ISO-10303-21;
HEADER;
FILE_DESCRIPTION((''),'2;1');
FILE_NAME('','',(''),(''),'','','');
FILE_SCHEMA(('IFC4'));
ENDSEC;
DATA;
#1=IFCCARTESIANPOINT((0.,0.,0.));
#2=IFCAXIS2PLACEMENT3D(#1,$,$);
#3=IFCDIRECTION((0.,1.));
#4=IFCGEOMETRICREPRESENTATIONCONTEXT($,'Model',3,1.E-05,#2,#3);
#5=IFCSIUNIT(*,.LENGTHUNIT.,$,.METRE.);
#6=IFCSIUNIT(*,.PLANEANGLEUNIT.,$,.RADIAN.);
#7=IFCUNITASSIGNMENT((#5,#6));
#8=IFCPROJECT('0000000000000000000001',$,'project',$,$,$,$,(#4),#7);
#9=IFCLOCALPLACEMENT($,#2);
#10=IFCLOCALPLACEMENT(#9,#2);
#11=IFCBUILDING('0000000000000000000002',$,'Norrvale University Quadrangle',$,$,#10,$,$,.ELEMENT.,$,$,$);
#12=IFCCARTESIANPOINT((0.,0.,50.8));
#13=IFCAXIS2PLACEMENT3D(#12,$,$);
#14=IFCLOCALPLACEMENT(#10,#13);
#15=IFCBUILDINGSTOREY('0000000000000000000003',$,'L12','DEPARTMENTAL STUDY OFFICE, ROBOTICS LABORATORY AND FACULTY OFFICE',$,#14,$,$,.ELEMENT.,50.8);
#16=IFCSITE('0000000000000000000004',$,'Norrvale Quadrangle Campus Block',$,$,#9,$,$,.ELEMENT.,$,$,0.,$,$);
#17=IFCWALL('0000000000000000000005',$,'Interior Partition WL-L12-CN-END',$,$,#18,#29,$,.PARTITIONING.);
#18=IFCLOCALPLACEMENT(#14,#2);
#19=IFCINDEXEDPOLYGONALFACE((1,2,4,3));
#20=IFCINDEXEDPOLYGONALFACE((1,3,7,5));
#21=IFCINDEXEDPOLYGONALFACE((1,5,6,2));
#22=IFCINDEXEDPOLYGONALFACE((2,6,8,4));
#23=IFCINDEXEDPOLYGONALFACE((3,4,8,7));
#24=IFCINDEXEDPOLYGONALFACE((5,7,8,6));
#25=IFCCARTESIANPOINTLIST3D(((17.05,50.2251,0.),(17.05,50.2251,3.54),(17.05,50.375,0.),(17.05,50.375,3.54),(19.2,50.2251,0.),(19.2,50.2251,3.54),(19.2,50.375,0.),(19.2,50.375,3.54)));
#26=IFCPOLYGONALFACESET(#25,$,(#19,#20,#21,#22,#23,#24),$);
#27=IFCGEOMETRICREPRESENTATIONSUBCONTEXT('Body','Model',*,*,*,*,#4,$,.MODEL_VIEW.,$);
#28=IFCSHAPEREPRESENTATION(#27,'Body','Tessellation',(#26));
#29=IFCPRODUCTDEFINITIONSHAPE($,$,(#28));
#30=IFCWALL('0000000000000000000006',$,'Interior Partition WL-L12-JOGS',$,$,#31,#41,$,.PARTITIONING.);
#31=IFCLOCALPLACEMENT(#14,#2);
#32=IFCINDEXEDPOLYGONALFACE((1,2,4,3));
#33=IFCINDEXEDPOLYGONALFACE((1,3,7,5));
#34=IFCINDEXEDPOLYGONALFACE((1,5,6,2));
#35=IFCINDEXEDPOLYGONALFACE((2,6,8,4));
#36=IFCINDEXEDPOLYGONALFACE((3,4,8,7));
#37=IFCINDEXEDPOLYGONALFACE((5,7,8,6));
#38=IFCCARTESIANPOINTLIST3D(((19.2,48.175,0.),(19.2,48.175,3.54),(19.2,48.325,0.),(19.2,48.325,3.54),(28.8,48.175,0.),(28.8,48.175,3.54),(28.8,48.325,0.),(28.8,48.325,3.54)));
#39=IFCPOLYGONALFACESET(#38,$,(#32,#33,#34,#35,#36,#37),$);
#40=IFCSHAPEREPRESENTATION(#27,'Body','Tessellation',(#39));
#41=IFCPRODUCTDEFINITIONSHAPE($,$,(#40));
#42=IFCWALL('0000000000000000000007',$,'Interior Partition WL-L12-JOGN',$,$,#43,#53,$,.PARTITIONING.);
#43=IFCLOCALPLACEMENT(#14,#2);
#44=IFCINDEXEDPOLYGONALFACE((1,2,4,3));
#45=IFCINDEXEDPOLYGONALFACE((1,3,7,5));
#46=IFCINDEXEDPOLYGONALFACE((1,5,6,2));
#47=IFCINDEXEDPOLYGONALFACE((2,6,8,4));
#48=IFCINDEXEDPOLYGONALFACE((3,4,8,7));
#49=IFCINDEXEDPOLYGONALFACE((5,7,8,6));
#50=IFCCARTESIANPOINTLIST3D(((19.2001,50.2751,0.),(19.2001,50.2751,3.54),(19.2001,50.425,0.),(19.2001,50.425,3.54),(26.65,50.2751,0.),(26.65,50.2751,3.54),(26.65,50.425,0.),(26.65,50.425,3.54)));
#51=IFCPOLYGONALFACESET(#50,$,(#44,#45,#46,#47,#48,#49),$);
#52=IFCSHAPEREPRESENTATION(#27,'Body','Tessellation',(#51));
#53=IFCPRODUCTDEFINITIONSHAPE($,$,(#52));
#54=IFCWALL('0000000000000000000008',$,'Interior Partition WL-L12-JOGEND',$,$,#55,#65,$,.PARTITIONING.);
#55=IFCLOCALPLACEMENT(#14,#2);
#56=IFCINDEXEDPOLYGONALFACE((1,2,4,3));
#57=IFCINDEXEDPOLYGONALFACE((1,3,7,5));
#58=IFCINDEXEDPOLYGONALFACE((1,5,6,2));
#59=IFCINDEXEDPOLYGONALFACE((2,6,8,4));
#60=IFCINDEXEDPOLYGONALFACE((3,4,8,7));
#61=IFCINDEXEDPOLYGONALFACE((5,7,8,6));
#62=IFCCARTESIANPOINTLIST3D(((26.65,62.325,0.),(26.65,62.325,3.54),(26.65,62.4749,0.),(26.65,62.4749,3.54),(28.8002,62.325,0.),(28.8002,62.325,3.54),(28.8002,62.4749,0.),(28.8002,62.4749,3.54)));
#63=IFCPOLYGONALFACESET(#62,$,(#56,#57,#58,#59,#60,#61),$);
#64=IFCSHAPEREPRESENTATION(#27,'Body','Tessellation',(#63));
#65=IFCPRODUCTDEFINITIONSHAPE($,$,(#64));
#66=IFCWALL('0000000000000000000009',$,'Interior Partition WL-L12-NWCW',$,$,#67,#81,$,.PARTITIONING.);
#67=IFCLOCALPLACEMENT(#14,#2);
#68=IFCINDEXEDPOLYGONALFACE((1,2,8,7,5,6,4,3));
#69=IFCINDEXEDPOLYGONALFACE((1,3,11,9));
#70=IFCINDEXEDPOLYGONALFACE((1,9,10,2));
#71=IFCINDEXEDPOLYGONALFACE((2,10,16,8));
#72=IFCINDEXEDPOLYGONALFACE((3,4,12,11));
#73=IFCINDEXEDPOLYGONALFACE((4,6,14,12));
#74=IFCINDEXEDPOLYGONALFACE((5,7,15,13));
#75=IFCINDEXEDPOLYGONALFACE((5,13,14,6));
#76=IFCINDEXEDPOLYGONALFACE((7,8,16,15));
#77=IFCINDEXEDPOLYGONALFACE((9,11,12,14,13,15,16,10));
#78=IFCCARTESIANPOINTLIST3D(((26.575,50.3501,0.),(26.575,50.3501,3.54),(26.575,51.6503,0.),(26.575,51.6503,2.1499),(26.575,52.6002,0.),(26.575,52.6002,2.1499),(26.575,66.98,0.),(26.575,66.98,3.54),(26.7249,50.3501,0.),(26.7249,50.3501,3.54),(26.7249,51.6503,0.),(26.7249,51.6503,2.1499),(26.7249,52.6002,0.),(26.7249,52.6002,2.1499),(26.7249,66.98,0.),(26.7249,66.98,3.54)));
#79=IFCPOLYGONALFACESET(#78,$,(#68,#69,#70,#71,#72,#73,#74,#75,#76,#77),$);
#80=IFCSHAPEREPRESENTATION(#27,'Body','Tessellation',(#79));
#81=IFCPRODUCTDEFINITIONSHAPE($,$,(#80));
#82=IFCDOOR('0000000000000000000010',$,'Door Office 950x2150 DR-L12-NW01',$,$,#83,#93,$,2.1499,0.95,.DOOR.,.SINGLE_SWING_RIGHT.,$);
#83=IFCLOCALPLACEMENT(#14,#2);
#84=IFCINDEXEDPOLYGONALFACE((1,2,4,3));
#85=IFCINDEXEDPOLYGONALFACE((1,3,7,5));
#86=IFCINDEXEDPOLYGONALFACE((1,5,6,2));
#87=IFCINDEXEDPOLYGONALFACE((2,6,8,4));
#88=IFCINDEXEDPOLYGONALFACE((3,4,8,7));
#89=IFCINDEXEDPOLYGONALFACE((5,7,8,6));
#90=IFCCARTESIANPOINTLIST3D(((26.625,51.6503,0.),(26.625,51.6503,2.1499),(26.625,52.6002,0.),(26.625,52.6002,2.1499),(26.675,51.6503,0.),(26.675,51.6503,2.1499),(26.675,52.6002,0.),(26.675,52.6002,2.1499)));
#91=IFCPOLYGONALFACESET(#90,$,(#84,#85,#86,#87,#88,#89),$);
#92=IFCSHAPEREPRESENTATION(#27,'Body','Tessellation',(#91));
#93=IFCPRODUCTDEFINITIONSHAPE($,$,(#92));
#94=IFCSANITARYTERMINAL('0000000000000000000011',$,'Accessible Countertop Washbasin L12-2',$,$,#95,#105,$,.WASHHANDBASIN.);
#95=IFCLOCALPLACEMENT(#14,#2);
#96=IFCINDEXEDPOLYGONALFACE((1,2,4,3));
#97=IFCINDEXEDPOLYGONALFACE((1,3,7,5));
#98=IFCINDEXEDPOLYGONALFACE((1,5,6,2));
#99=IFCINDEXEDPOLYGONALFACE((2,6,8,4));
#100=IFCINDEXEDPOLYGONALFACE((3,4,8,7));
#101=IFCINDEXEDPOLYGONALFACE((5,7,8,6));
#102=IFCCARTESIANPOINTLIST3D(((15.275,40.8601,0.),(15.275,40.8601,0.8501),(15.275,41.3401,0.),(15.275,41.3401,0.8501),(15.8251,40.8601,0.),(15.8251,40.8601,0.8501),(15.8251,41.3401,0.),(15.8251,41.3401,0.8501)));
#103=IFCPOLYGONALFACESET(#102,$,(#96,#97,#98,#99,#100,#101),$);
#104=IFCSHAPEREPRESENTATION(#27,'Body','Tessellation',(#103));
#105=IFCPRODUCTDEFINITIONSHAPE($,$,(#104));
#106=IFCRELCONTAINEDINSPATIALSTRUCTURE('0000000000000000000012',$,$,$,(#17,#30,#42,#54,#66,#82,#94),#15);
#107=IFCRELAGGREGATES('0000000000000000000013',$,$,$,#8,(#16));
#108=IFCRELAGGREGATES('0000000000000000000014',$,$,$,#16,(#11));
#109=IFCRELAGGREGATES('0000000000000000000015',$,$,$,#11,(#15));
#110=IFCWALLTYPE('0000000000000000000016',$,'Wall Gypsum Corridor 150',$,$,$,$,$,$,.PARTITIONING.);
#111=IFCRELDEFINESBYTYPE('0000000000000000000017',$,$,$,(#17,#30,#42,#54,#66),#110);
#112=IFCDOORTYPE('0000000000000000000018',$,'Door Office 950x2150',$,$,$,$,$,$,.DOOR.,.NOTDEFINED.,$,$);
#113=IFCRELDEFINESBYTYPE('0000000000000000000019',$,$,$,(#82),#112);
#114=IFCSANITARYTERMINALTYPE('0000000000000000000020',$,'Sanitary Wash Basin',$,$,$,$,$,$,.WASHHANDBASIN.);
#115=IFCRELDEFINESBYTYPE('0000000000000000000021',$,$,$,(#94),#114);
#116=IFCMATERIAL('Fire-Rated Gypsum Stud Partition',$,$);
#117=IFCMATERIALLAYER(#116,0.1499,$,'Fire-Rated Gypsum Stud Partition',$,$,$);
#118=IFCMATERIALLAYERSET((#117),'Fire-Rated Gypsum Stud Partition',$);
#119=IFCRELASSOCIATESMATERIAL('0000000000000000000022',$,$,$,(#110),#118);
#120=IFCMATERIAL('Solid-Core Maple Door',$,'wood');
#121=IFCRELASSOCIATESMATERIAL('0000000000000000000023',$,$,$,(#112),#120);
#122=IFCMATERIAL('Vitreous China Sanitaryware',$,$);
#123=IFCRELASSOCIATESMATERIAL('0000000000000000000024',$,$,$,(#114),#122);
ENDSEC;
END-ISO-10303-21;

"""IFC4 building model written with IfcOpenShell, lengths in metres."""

from ifc_helpers import new_model, si_unit, direction, frame, frame_2d, origin, origin_2d, place, context, subcontext, project, spatial, rectangle, extrude, material, layer, layer_set, type_object, element, fill, save


model = new_model("IFC4")

# Units and contexts
model_context = context("Model", 3, precision=1e-05, world=origin(), true_north=direction((0.0, 1.0)))
body_context = subcontext(model_context, "Body", "Model", "MODEL_VIEW")
ifc_project = project(units=[si_unit("LENGTHUNIT", "METRE"), si_unit("PLANEANGLEUNIT", "RADIAN")], contexts=[model_context])

# Site, building, storey
site_placement = place(None, origin())
site = spatial("IfcSite", under=ifc_project, at=site_placement, Name="Norrvale Quadrangle Campus Block", CompositionType="ELEMENT", RefElevation=0.0)
building_placement = place(site_placement, origin())
building = spatial("IfcBuilding", under=site, at=building_placement, Name="Norrvale University Quadrangle", CompositionType="ELEMENT")
storey_placement = place(building_placement, frame((0.0, 0.0, 50.8)))
storey = spatial("IfcBuildingStorey", under=building, at=storey_placement, Name="L12", Description="DEPARTMENTAL STUDY OFFICE, ROBOTICS LABORATORY AND FACULTY OFFICE", CompositionType="ELEMENT", Elevation=50.8)

# Walls
ifc_material_1 = material(Name="Fire-Rated Gypsum Stud Partition")
ifc_layer = layer(ifc_material_1, 0.1499, Name="Fire-Rated Gypsum Stud Partition")
ifc_layer_set = layer_set([ifc_layer], Name="Fire-Rated Gypsum Stud Partition")
wall_type = type_object("IfcWallType", Name="Wall Gypsum Corridor 150", PredefinedType="PARTITIONING", material=ifc_layer_set)
wall_1_placement = place(storey_placement, frame((17.05, 50.3, 0.0), z_axis=(0.0, 0.0, 1.0), x_axis=(1.0, 0.0, 0.0)))
element("IfcWall", 1, at=wall_1_placement, inside=storey, type_object=wall_type, Name="Interior Partition WL-L12-CN-END", PredefinedType="PARTITIONING", context=body_context, shape_type="SweptSolid", body=[
    extrude(rectangle(XDim=2.1499, YDim=0.1499, at=frame_2d((1.075, 0.0))), origin(), (0.0, 0.0, 1.0), 3.54),
])
wall_2_placement = place(storey_placement, frame((19.2, 48.25, 0.0), z_axis=(0.0, 0.0, 1.0), x_axis=(1.0, 0.0, 0.0)))
element("IfcWall", 2, at=wall_2_placement, inside=storey, type_object=wall_type, Name="Interior Partition WL-L12-JOGS", PredefinedType="PARTITIONING", context=body_context, shape_type="SweptSolid", body=[
    extrude(rectangle(XDim=9.6001, YDim=0.1499, at=frame_2d((4.8, 0.0))), origin(), (0.0, 0.0, 1.0), 3.54),
])
wall_3_placement = place(storey_placement, frame((19.2, 50.3501, 0.0), z_axis=(0.0, 0.0, 1.0), x_axis=(1.0, 0.0, 0.0)))
element("IfcWall", 3, at=wall_3_placement, inside=storey, type_object=wall_type, Name="Interior Partition WL-L12-JOGN", PredefinedType="PARTITIONING", context=body_context, shape_type="SweptSolid", body=[
    extrude(rectangle(XDim=7.45, YDim=0.1499, at=frame_2d((3.7251, 0.0))), origin(), (0.0, 0.0, 1.0), 3.54),
])
wall_4_placement = place(storey_placement, frame((26.6499, 62.3999, 0.0), z_axis=(0.0, 0.0, 1.0), x_axis=(1.0, 0.0, 0.0)))
element("IfcWall", 4, at=wall_4_placement, inside=storey, type_object=wall_type, Name="Interior Partition WL-L12-JOGEND", PredefinedType="PARTITIONING", context=body_context, shape_type="SweptSolid", body=[
    extrude(rectangle(XDim=2.1501, YDim=0.1499, at=frame_2d((1.0752, 0.0))), origin(), (0.0, 0.0, 1.0), 3.54),
])

# Wall, opening, door
wall_5_placement = place(storey_placement, frame((26.6499, 50.3501, 0.0), z_axis=(0.0, 0.0, 1.0), x_axis=(0.0, 1.0, 0.0)))
wall_5 = element("IfcWall", 5, at=wall_5_placement, inside=storey, type_object=wall_type, Name="Interior Partition WL-L12-NWCW", PredefinedType="PARTITIONING", context=body_context, shape_type="SweptSolid", body=[
    extrude(rectangle(XDim=16.6299, YDim=0.1499, at=frame_2d((8.3149, 0.0))), origin(), (0.0, 0.0, 1.0), 3.54),
])
opening_placement = place(wall_5_placement, frame((1.3, 0.0, 0.0)))
opening = element("IfcOpeningElement", 6, at=opening_placement, cuts=wall_5, PredefinedType="OPENING", context=body_context, shape_type="SweptSolid", body=[
    extrude(rectangle(XDim=0.95, YDim=2.1499, at=frame_2d((0.4751, 1.075))), frame((0.0, 0.0869, 0.0), z_axis=(0.0, -1.0, 0.0), x_axis=(1.0, 0.0, 0.0)), (0.0, 0.0, 1.0), 0.1738),
])
ifc_material_2 = material(Name="Solid-Core Maple Door", Category="wood")
door_type = type_object("IfcDoorType", Name="Door Office 950x2150", OperationType="NOTDEFINED", PredefinedType="DOOR", material=ifc_material_2)
door_placement = place(opening_placement, origin())
door = element("IfcDoor", 7, at=door_placement, inside=storey, type_object=door_type, Name="Door Office 950x2150 DR-L12-NW01", OperationType="SINGLE_SWING_RIGHT", OverallHeight=2.1499, OverallWidth=0.95, PredefinedType="DOOR", context=body_context, shape_type="SweptSolid", body=[
    extrude(rectangle(XDim=0.95, YDim=2.1499, at=frame_2d((0.4751, 1.075))), frame((0.0, 0.0249, 0.0), z_axis=(0.0, -1.0, 0.0), x_axis=(1.0, 0.0, 0.0)), (0.0, 0.0, 1.0), 0.05),
])
fill(opening, door)

# Sanitary terminal
ifc_material_3 = material(Name="Vitreous China Sanitaryware")
sanitary_terminal_type = type_object("IfcSanitaryTerminalType", Name="Sanitary Wash Basin", PredefinedType="WASHHANDBASIN", material=ifc_material_3)
sanitary_terminal_placement = place(storey_placement, frame((15.55, 41.1001, 0.0), z_axis=(0.0, 0.0, 1.0), x_axis=(1.0, 0.0, 0.0)))
element("IfcSanitaryTerminal", 8, at=sanitary_terminal_placement, inside=storey, type_object=sanitary_terminal_type, Name="Accessible Countertop Washbasin L12-2", PredefinedType="WASHHANDBASIN", context=body_context, shape_type="SweptSolid", body=[
    extrude(rectangle(XDim=0.55, YDim=0.48, at=origin_2d()), origin(), (0.0, 0.0, 1.0), 0.8501),
])

save(model, "model.ifc")
